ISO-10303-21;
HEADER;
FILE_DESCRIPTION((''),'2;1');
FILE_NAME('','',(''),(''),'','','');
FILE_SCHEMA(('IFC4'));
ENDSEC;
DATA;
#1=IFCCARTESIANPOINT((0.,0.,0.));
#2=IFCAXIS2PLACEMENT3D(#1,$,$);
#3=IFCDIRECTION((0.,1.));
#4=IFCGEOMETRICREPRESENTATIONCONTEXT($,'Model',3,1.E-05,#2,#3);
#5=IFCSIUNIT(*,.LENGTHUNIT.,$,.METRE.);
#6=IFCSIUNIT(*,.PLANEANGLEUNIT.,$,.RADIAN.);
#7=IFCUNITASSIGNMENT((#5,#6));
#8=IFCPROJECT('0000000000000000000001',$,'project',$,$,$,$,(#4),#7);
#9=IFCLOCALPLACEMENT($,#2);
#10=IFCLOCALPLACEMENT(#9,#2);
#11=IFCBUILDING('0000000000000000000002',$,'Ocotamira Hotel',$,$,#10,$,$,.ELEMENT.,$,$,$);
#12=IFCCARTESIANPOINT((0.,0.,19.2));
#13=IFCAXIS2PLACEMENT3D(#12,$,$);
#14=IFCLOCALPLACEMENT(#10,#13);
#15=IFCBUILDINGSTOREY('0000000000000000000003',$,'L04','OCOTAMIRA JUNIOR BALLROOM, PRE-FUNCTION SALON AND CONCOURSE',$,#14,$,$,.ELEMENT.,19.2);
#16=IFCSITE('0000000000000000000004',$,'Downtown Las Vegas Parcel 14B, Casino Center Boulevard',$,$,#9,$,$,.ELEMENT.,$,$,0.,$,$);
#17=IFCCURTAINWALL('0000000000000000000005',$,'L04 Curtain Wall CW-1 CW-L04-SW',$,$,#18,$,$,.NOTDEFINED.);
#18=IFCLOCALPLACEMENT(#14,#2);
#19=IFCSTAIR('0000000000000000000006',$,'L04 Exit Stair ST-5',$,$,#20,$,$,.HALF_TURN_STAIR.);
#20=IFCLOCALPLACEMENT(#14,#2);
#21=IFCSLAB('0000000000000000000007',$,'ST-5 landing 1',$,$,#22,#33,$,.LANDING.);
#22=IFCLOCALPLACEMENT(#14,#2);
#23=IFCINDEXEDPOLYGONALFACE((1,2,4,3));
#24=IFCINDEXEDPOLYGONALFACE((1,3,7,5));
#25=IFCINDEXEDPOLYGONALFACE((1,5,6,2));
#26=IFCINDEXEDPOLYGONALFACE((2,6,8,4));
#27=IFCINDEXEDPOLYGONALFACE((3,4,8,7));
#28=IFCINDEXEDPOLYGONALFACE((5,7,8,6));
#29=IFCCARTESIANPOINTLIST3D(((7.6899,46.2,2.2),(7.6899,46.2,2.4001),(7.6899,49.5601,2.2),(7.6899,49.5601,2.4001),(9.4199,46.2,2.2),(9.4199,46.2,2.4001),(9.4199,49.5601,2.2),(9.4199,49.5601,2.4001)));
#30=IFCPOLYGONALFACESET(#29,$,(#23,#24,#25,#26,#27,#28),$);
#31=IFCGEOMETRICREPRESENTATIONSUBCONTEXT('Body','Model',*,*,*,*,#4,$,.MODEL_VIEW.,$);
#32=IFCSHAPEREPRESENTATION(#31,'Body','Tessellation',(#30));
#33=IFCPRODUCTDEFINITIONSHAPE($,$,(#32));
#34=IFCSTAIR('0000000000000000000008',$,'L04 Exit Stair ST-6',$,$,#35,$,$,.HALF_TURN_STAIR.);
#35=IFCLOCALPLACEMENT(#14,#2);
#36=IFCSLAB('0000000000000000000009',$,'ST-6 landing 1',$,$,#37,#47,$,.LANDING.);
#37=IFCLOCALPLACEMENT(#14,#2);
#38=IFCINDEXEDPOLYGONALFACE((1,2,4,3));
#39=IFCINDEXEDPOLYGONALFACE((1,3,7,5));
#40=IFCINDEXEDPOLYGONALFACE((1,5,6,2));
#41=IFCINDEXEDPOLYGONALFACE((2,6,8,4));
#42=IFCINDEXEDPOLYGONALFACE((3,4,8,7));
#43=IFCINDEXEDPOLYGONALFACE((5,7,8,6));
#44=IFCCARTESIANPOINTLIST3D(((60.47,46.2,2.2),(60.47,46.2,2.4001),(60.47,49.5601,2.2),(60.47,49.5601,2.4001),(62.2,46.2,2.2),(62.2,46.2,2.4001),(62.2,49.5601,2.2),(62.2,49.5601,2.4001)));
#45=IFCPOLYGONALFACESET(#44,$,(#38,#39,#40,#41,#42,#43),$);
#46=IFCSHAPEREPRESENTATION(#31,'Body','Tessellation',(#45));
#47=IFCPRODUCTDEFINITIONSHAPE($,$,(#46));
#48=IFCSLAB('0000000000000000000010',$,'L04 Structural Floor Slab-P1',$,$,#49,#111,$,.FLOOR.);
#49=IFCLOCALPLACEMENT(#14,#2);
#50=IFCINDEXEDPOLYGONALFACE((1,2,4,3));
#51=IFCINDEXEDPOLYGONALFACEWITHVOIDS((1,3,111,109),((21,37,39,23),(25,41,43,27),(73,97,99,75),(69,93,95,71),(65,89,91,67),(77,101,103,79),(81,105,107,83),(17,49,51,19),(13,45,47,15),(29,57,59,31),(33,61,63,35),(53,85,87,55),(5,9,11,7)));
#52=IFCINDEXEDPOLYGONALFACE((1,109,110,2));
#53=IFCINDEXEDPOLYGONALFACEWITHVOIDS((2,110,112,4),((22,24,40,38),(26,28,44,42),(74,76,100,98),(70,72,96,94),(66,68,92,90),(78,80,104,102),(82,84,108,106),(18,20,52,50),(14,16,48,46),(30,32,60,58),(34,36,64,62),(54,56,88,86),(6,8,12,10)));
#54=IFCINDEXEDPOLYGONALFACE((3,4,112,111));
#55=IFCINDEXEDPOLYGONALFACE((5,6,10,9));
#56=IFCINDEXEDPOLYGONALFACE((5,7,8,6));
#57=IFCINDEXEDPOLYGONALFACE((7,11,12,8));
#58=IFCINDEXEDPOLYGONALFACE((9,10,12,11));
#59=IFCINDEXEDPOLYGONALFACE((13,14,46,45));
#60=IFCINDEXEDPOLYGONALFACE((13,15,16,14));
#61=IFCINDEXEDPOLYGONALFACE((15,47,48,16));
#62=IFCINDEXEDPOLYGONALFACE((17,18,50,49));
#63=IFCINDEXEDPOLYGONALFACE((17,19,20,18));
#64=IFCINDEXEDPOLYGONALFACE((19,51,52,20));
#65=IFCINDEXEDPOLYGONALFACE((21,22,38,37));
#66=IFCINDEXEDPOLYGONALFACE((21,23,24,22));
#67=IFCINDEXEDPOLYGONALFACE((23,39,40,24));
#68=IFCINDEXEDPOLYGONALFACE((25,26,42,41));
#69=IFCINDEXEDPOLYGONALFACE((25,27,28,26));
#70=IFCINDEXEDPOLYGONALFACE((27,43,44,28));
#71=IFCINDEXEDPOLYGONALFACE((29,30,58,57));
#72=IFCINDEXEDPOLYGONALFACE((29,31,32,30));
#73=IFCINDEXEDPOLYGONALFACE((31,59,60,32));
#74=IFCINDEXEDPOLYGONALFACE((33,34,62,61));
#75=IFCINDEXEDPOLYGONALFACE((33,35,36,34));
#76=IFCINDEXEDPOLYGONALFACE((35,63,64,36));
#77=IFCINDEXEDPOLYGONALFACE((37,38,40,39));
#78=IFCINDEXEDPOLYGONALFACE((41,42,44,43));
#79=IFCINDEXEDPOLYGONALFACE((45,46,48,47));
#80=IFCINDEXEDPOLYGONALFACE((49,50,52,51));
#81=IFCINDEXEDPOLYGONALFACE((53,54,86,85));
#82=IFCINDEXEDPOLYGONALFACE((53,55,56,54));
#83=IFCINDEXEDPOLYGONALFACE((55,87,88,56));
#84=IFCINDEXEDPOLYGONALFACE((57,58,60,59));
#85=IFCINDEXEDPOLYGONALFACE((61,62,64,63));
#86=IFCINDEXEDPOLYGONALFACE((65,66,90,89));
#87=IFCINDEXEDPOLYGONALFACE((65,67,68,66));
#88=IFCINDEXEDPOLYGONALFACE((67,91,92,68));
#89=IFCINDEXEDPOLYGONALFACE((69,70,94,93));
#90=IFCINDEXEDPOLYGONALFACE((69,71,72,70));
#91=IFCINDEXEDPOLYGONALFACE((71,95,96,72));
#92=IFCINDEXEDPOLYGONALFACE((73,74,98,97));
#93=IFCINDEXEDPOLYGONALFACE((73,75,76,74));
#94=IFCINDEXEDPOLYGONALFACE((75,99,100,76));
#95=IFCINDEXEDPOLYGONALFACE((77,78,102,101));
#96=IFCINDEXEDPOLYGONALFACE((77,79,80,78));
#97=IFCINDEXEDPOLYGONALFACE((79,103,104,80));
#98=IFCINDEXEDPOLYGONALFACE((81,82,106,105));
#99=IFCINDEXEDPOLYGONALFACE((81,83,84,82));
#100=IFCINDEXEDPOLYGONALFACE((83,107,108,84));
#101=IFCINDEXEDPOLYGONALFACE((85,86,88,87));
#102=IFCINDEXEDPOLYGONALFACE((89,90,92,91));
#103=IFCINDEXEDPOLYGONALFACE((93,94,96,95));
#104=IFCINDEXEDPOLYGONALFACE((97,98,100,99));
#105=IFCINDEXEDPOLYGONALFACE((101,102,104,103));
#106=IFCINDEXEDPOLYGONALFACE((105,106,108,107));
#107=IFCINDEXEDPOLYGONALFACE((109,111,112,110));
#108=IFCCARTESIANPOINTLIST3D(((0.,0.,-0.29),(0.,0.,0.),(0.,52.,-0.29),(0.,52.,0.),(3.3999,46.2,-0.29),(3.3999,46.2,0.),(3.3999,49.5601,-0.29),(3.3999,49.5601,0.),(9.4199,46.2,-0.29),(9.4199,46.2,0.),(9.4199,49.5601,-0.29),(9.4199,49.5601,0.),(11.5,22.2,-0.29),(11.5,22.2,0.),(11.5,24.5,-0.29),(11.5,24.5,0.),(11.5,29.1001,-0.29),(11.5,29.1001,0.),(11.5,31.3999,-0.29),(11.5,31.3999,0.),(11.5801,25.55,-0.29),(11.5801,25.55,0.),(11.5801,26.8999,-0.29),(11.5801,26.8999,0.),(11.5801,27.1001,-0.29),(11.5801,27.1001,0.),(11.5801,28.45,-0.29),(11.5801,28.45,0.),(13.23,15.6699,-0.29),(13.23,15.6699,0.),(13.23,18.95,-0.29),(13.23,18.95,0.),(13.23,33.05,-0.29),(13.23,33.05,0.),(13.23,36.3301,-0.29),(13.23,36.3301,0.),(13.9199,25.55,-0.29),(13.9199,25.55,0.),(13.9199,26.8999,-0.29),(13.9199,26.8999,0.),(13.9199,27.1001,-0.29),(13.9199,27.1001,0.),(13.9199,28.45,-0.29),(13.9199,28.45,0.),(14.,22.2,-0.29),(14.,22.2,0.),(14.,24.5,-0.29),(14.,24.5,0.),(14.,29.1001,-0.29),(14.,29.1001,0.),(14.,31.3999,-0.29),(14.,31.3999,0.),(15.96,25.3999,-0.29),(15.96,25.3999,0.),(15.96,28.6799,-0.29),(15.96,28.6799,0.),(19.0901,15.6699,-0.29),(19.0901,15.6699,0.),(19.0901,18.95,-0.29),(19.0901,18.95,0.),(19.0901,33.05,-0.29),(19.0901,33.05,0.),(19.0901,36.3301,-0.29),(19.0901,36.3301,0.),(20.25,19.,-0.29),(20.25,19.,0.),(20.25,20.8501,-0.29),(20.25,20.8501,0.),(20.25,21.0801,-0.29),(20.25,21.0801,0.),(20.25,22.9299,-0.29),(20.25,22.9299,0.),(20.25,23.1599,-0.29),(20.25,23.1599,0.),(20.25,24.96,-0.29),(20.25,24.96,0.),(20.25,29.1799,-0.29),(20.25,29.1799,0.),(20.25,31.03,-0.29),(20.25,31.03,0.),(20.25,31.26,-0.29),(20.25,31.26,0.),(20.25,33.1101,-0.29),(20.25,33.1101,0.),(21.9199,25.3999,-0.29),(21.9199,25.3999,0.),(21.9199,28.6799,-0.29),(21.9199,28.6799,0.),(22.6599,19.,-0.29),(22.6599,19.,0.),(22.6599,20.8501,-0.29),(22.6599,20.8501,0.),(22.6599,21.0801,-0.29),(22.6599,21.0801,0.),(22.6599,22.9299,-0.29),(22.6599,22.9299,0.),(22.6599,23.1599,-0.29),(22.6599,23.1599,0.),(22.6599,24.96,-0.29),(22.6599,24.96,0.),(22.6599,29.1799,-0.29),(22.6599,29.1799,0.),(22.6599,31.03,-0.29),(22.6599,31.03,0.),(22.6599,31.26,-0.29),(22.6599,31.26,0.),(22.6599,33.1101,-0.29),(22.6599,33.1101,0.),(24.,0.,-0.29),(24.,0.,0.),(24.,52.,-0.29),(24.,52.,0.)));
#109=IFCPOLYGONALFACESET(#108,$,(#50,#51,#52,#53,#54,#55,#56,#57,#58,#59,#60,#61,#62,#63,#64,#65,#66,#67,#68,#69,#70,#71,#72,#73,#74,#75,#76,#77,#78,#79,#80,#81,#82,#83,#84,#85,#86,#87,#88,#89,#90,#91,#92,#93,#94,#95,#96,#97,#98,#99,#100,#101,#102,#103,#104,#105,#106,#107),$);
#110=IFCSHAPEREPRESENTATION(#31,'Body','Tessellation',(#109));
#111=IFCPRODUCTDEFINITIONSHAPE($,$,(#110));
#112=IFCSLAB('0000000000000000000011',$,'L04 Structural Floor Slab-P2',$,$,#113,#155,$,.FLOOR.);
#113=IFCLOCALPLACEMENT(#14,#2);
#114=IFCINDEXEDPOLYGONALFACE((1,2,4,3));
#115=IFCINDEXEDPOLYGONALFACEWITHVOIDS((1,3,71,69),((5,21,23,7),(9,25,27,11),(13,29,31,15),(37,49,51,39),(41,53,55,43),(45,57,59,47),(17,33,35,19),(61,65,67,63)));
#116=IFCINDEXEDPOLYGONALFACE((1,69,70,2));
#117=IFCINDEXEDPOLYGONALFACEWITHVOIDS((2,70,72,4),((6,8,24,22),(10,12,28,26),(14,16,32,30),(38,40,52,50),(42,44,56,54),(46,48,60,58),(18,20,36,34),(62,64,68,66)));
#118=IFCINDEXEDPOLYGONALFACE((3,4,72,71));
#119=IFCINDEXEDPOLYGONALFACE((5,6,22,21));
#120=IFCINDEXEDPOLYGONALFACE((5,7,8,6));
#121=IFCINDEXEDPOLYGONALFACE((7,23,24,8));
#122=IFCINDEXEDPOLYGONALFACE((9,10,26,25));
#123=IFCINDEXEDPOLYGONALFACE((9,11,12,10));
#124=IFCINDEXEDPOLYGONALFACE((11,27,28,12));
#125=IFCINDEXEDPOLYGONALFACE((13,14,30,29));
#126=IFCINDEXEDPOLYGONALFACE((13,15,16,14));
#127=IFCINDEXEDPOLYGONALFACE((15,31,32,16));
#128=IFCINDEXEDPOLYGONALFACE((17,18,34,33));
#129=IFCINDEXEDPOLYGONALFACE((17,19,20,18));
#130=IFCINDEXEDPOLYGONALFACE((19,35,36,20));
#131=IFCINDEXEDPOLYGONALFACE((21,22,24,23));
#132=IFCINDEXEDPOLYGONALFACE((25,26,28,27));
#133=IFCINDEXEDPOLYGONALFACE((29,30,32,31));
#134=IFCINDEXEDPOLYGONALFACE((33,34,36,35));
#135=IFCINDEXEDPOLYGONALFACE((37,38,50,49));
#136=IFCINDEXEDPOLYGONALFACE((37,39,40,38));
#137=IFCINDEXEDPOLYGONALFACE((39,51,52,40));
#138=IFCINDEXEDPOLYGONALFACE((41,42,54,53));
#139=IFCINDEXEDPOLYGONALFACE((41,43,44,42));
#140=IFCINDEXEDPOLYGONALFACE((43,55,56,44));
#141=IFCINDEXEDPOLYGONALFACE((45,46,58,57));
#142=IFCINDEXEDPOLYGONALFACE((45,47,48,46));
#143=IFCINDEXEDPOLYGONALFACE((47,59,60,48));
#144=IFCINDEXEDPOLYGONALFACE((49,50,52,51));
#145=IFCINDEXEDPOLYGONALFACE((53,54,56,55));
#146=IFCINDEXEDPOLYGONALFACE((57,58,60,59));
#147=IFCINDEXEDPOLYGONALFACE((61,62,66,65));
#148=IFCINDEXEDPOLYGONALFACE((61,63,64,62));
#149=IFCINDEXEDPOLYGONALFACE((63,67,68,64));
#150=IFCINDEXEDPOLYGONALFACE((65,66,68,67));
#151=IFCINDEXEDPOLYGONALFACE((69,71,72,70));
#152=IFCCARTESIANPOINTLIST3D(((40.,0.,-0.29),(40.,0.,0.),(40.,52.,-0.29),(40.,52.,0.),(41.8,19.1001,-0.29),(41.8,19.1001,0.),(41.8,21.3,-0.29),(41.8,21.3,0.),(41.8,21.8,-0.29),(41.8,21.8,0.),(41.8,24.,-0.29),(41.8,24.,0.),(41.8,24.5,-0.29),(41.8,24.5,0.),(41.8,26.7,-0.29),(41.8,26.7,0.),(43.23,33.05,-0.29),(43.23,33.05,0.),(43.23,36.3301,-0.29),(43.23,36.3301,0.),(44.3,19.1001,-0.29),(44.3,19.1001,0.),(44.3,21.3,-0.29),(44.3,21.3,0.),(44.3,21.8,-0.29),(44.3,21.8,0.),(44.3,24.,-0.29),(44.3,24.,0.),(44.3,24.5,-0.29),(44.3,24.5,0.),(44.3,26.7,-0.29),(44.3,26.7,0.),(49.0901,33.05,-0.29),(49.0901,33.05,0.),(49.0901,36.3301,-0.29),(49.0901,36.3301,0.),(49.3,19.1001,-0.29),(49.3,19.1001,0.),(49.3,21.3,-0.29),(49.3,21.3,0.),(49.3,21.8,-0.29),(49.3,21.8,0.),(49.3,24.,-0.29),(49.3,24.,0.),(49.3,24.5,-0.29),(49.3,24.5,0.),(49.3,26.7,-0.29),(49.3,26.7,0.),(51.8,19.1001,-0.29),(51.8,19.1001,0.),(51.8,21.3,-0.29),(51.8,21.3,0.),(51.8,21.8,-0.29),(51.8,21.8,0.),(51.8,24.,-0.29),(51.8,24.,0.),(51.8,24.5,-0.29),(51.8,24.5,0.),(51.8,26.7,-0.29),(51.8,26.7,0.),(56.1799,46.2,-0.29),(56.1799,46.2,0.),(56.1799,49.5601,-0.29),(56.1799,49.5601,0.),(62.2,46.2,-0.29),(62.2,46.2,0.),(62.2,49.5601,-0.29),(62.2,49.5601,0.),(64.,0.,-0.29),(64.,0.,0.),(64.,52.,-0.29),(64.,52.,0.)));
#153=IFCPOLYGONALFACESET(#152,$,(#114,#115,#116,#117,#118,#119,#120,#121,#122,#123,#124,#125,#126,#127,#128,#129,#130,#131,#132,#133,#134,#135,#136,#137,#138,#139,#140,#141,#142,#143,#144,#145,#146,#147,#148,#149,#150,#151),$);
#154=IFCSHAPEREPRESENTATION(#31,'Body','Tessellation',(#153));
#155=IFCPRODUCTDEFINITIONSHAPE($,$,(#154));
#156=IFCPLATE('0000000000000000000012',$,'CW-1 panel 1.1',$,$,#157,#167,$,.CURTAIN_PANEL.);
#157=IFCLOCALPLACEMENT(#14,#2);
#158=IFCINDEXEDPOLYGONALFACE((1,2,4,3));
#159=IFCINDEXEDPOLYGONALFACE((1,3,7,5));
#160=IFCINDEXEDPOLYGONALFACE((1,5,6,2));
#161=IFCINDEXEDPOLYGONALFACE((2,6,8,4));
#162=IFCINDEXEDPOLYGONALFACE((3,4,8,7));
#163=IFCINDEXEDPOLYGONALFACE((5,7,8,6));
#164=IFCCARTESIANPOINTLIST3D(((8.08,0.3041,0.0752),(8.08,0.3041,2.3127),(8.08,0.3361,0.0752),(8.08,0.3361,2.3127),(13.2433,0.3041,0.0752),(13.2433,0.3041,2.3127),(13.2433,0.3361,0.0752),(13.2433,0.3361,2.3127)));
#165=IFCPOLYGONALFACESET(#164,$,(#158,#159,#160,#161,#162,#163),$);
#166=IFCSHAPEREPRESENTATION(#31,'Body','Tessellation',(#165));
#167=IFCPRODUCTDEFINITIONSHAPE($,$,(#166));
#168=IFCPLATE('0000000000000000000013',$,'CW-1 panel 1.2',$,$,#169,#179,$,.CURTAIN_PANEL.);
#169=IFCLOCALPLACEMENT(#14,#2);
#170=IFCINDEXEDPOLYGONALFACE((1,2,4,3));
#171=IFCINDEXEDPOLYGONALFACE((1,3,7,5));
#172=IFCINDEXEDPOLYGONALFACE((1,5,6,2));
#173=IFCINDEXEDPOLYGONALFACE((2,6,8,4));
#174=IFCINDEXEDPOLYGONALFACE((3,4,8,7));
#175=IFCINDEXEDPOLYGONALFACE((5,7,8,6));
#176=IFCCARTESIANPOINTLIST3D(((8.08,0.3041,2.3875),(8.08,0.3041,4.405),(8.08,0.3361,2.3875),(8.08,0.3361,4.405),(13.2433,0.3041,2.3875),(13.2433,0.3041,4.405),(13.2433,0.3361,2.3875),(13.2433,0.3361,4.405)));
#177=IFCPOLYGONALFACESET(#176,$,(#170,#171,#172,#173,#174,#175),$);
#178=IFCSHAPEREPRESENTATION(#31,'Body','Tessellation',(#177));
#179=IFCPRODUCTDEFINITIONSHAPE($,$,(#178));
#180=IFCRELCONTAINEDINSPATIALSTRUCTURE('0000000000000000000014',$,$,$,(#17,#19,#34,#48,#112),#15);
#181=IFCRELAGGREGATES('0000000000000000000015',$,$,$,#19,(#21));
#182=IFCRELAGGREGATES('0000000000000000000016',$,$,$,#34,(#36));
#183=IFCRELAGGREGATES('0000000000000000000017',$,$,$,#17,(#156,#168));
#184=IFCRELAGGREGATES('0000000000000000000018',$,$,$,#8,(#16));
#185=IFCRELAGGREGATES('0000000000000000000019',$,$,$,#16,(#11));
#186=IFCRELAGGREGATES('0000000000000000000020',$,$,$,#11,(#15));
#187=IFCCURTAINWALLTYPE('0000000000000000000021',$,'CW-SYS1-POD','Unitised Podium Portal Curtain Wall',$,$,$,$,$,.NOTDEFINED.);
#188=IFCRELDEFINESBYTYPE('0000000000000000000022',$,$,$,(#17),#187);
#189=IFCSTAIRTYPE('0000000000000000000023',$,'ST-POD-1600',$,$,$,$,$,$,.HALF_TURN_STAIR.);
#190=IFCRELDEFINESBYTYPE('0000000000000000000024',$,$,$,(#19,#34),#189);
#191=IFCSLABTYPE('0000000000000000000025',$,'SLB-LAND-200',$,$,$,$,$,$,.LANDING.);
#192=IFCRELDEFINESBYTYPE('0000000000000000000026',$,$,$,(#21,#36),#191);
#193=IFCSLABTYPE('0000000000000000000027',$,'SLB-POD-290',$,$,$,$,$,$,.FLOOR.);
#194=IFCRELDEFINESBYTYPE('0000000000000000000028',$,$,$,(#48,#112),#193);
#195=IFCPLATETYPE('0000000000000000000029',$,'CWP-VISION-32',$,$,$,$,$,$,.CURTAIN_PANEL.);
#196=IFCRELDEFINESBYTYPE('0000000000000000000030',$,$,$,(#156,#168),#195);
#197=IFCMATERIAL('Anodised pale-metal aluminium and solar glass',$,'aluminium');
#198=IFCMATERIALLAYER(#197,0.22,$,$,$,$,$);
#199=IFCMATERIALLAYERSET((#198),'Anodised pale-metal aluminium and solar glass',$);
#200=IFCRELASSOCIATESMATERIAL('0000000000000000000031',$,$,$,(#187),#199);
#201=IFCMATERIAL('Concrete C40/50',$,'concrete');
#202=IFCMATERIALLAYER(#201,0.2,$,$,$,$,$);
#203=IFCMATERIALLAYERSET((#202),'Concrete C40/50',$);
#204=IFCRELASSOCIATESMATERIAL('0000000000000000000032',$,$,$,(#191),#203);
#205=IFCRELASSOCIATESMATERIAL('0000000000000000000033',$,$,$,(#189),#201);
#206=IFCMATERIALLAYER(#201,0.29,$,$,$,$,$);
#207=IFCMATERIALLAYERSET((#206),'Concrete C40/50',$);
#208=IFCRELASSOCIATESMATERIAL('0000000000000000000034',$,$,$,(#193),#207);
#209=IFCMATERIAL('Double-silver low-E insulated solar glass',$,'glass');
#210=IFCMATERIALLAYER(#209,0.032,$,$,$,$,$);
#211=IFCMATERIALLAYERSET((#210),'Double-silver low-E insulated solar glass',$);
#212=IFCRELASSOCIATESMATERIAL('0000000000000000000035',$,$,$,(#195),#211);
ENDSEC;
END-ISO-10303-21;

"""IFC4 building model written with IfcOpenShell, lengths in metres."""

from ifc_helpers import new_model, si_unit, direction, frame, origin, origin_2d, place, context, subcontext, project, spatial, polyline, rectangle, outline, extrude, source, transform, mapped, material, layer, layer_set, type_object, element, aggregate, save


model = new_model("IFC4")

# Units and contexts
model_context = context("Model", 3, precision=1e-05, world=origin(), true_north=direction((0.0, 1.0)))
body_context = subcontext(model_context, "Body", "Model", "MODEL_VIEW")
ifc_project = project(units=[si_unit("LENGTHUNIT", "METRE"), si_unit("PLANEANGLEUNIT", "RADIAN")], contexts=[model_context])

# Site, building, storey
site_placement = place(None, origin())
site = spatial("IfcSite", under=ifc_project, at=site_placement, Name="Downtown Las Vegas Parcel 14B, Casino Center Boulevard", CompositionType="ELEMENT", RefElevation=0.0)
building_placement = place(site_placement, origin())
building = spatial("IfcBuilding", under=site, at=building_placement, Name="Ocotamira Hotel", CompositionType="ELEMENT")
storey_placement = place(building_placement, frame((0.0, 0.0, 19.2)))
storey = spatial("IfcBuildingStorey", under=building, at=storey_placement, Name="L04", Description="OCOTAMIRA JUNIOR BALLROOM, PRE-FUNCTION SALON AND CONCOURSE", CompositionType="ELEMENT", Elevation=19.2)

# Curtain wall
ifc_material_1 = material(Name="Anodised pale-metal aluminium and solar glass", Category="aluminium")
ifc_layer_1 = layer(ifc_material_1, 0.22)
ifc_layer_set_1 = layer_set([ifc_layer_1], Name="Anodised pale-metal aluminium and solar glass")
curtain_wall_type = type_object("IfcCurtainWallType", Name="CW-SYS1-POD", Description="Unitised Podium Portal Curtain Wall", PredefinedType="NOTDEFINED", material=ifc_layer_set_1)
curtain_wall_placement = place(storey_placement, origin())
curtain_wall = element("IfcCurtainWall", 1, at=curtain_wall_placement, inside=storey, type_object=curtain_wall_type, Name="L04 Curtain Wall CW-1 CW-L04-SW", PredefinedType="NOTDEFINED")

# Stairs, slabs
ifc_material_2 = material(Name="Concrete C40/50", Category="concrete")
ifc_layer_2 = layer(ifc_material_2, 0.2)
ifc_layer_set_2 = layer_set([ifc_layer_2], Name="Concrete C40/50")
slab_type_1 = type_object("IfcSlabType", Name="SLB-LAND-200", PredefinedType="LANDING", material=ifc_layer_set_2)
stair_type_1 = type_object("IfcStairType", Name="ST-POD-1600", PredefinedType="HALF_TURN_STAIR", material=ifc_material_2)
stair_1_placement = place(storey_placement, origin())
stair_1 = element("IfcStair", 2, at=stair_1_placement, inside=storey, type_object=stair_type_1, Name="L04 Exit Stair ST-5", PredefinedType="HALF_TURN_STAIR")
slab_1_placement = place(storey_placement, frame((0.0, 0.0, 2.2)))
slab_1 = element("IfcSlab", 3, at=slab_1_placement, type_object=slab_type_1, Name="ST-5 landing 1", PredefinedType="LANDING", context=body_context, shape_type="SweptSolid", body=[
    extrude(outline(polyline([(7.6899, 46.2), (9.4199, 46.2), (9.4199, 49.5601), (7.6899, 49.5601), (7.6899, 46.2)])), origin(), (0.0, 0.0, 1.0), 0.2002),
])
aggregate(stair_1, [slab_1])
stair_2_placement = place(storey_placement, origin())
stair_2 = element("IfcStair", 4, at=stair_2_placement, inside=storey, type_object=stair_type_1, Name="L04 Exit Stair ST-6", PredefinedType="HALF_TURN_STAIR")
slab_2_placement = place(storey_placement, frame((0.0, 0.0, 2.2)))
slab_2 = element("IfcSlab", 5, at=slab_2_placement, type_object=slab_type_1, Name="ST-6 landing 1", PredefinedType="LANDING", context=body_context, shape_type="SweptSolid", body=[
    extrude(outline(polyline([(60.47, 46.2), (62.2, 46.2), (62.2, 49.5601), (60.47, 49.5601), (60.47, 46.2)])), origin(), (0.0, 0.0, 1.0), 0.2002),
])
aggregate(stair_2, [slab_2])

# Slabs
ifc_layer_3 = layer(ifc_material_2, 0.29)
ifc_layer_set_3 = layer_set([ifc_layer_3], Name="Concrete C40/50")
slab_type_2 = type_object("IfcSlabType", Name="SLB-POD-290", PredefinedType="FLOOR", material=ifc_layer_set_3)
slab_3_placement = place(storey_placement, frame((0.0, 0.0, -0.29)))
element("IfcSlab", 6, at=slab_3_placement, inside=storey, type_object=slab_type_2, Name="L04 Structural Floor Slab-P1", PredefinedType="FLOOR", context=body_context, shape_type="SweptSolid", body=[
    extrude(outline(polyline([(0.0, 0.0), (24.0, 0.0), (24.0, 52.0), (0.0, 52.0), (0.0, 0.0)]), holes=[polyline([(13.23, 15.6699), (19.0901, 15.6699), (19.0901, 18.95), (13.23, 18.95), (13.23, 15.6699)]), polyline([(13.23, 33.05), (19.0901, 33.05), (19.0901, 36.3301), (13.23, 36.3301), (13.23, 33.05)]), polyline([(15.96, 25.3999), (21.9199, 25.3999), (21.9199, 28.6799), (15.96, 28.6799), (15.96, 25.3999)]), polyline([(3.3999, 46.2), (9.4199, 46.2), (9.4199, 49.5601), (3.3999, 49.5601), (3.3999, 46.2)]), polyline([(20.25, 19.0), (22.6599, 19.0), (22.6599, 20.8501), (20.25, 20.8501), (20.25, 19.0)]), polyline([(20.25, 21.0801), (22.6599, 21.0801), (22.6599, 22.9299), (20.25, 22.9299), (20.25, 21.0801)]), polyline([(20.25, 23.1599), (22.6599, 23.1599), (22.6599, 24.96), (20.25, 24.96), (20.25, 23.1599)]), polyline([(20.25, 29.1799), (22.6599, 29.1799), (22.6599, 31.03), (20.25, 31.03), (20.25, 29.1799)]), polyline([(20.25, 31.26), (22.6599, 31.26), (22.6599, 33.1101), (20.25, 33.1101), (20.25, 31.26)]), polyline([(11.5, 22.2), (14.0, 22.2), (14.0, 24.5), (11.5, 24.5), (11.5, 22.2)]), polyline([(11.5, 29.1001), (14.0, 29.1001), (14.0, 31.3999), (11.5, 31.3999), (11.5, 29.1001)]), polyline([(11.5801, 25.55), (13.9199, 25.55), (13.9199, 26.8999), (11.5801, 26.8999), (11.5801, 25.55)]), polyline([(11.5801, 27.1001), (13.9199, 27.1001), (13.9199, 28.45), (11.5801, 28.45), (11.5801, 27.1001)])]), origin(), (0.0, 0.0, 1.0), 0.29),
])
slab_4_placement = place(storey_placement, frame((0.0, 0.0, -0.29)))
element("IfcSlab", 7, at=slab_4_placement, inside=storey, type_object=slab_type_2, Name="L04 Structural Floor Slab-P2", PredefinedType="FLOOR", context=body_context, shape_type="SweptSolid", body=[
    extrude(outline(polyline([(40.0, 0.0), (64.0, 0.0), (64.0, 52.0), (40.0, 52.0), (40.0, 0.0)]), holes=[polyline([(43.23, 33.05), (49.0901, 33.05), (49.0901, 36.3301), (43.23, 36.3301), (43.23, 33.05)]), polyline([(56.1799, 46.2), (62.2, 46.2), (62.2, 49.5601), (56.1799, 49.5601), (56.1799, 46.2)]), polyline([(49.3, 19.1001), (51.8, 19.1001), (51.8, 21.3), (49.3, 21.3), (49.3, 19.1001)]), polyline([(49.3, 21.8), (51.8, 21.8), (51.8, 24.0), (49.3, 24.0), (49.3, 21.8)]), polyline([(49.3, 24.5), (51.8, 24.5), (51.8, 26.7), (49.3, 26.7), (49.3, 24.5)]), polyline([(41.8, 19.1001), (44.3, 19.1001), (44.3, 21.3), (41.8, 21.3), (41.8, 19.1001)]), polyline([(41.8, 21.8), (44.3, 21.8), (44.3, 24.0), (41.8, 24.0), (41.8, 21.8)]), polyline([(41.8, 24.5), (44.3, 24.5), (44.3, 26.7), (41.8, 26.7), (41.8, 24.5)])]), origin(), (0.0, 0.0, 1.0), 0.29),
])

# Plates
ifc_material_3 = material(Name="Double-silver low-E insulated solar glass", Category="glass")
ifc_layer_4 = layer(ifc_material_3, 0.032)
ifc_layer_set_4 = layer_set([ifc_layer_4], Name="Double-silver low-E insulated solar glass")
plate_type = type_object("IfcPlateType", Name="CWP-VISION-32", PredefinedType="CURTAIN_PANEL", material=ifc_layer_set_4)
shared_shape_1 = source(origin(), body_context, "Body", "SweptSolid", [
    extrude(rectangle(XDim=5.1633, YDim=0.032, at=origin_2d()), origin(), (0.0, 0.0, 1.0), 2.2375),
])
plate_1_placement = place(storey_placement, frame((10.6616, 0.3201, 0.0752), z_axis=(0.0, 0.0, 1.0), x_axis=(1.0, 0.0, 0.0)))
plate_1 = element("IfcPlate", 8, at=plate_1_placement, type_object=plate_type, Name="CW-1 panel 1.1", PredefinedType="CURTAIN_PANEL", context=body_context, shape_type="MappedRepresentation", body=[
    mapped(shared_shape_1, transform((0.0, 0.0, 0.0), scale=1.0)),
])
shared_shape_2 = source(origin(), body_context, "Body", "SweptSolid", [
    extrude(rectangle(XDim=5.1633, YDim=0.032, at=origin_2d()), origin(), (0.0, 0.0, 1.0), 2.0176),
])
plate_2_placement = place(storey_placement, frame((10.6616, 0.3201, 2.3875), z_axis=(0.0, 0.0, 1.0), x_axis=(1.0, 0.0, 0.0)))
plate_2 = element("IfcPlate", 9, at=plate_2_placement, type_object=plate_type, Name="CW-1 panel 1.2", PredefinedType="CURTAIN_PANEL", context=body_context, shape_type="MappedRepresentation", body=[
    mapped(shared_shape_2, transform((0.0, 0.0, 0.0), scale=1.0)),
])
aggregate(curtain_wall, [plate_1, plate_2])

save(model, "model.ifc")
